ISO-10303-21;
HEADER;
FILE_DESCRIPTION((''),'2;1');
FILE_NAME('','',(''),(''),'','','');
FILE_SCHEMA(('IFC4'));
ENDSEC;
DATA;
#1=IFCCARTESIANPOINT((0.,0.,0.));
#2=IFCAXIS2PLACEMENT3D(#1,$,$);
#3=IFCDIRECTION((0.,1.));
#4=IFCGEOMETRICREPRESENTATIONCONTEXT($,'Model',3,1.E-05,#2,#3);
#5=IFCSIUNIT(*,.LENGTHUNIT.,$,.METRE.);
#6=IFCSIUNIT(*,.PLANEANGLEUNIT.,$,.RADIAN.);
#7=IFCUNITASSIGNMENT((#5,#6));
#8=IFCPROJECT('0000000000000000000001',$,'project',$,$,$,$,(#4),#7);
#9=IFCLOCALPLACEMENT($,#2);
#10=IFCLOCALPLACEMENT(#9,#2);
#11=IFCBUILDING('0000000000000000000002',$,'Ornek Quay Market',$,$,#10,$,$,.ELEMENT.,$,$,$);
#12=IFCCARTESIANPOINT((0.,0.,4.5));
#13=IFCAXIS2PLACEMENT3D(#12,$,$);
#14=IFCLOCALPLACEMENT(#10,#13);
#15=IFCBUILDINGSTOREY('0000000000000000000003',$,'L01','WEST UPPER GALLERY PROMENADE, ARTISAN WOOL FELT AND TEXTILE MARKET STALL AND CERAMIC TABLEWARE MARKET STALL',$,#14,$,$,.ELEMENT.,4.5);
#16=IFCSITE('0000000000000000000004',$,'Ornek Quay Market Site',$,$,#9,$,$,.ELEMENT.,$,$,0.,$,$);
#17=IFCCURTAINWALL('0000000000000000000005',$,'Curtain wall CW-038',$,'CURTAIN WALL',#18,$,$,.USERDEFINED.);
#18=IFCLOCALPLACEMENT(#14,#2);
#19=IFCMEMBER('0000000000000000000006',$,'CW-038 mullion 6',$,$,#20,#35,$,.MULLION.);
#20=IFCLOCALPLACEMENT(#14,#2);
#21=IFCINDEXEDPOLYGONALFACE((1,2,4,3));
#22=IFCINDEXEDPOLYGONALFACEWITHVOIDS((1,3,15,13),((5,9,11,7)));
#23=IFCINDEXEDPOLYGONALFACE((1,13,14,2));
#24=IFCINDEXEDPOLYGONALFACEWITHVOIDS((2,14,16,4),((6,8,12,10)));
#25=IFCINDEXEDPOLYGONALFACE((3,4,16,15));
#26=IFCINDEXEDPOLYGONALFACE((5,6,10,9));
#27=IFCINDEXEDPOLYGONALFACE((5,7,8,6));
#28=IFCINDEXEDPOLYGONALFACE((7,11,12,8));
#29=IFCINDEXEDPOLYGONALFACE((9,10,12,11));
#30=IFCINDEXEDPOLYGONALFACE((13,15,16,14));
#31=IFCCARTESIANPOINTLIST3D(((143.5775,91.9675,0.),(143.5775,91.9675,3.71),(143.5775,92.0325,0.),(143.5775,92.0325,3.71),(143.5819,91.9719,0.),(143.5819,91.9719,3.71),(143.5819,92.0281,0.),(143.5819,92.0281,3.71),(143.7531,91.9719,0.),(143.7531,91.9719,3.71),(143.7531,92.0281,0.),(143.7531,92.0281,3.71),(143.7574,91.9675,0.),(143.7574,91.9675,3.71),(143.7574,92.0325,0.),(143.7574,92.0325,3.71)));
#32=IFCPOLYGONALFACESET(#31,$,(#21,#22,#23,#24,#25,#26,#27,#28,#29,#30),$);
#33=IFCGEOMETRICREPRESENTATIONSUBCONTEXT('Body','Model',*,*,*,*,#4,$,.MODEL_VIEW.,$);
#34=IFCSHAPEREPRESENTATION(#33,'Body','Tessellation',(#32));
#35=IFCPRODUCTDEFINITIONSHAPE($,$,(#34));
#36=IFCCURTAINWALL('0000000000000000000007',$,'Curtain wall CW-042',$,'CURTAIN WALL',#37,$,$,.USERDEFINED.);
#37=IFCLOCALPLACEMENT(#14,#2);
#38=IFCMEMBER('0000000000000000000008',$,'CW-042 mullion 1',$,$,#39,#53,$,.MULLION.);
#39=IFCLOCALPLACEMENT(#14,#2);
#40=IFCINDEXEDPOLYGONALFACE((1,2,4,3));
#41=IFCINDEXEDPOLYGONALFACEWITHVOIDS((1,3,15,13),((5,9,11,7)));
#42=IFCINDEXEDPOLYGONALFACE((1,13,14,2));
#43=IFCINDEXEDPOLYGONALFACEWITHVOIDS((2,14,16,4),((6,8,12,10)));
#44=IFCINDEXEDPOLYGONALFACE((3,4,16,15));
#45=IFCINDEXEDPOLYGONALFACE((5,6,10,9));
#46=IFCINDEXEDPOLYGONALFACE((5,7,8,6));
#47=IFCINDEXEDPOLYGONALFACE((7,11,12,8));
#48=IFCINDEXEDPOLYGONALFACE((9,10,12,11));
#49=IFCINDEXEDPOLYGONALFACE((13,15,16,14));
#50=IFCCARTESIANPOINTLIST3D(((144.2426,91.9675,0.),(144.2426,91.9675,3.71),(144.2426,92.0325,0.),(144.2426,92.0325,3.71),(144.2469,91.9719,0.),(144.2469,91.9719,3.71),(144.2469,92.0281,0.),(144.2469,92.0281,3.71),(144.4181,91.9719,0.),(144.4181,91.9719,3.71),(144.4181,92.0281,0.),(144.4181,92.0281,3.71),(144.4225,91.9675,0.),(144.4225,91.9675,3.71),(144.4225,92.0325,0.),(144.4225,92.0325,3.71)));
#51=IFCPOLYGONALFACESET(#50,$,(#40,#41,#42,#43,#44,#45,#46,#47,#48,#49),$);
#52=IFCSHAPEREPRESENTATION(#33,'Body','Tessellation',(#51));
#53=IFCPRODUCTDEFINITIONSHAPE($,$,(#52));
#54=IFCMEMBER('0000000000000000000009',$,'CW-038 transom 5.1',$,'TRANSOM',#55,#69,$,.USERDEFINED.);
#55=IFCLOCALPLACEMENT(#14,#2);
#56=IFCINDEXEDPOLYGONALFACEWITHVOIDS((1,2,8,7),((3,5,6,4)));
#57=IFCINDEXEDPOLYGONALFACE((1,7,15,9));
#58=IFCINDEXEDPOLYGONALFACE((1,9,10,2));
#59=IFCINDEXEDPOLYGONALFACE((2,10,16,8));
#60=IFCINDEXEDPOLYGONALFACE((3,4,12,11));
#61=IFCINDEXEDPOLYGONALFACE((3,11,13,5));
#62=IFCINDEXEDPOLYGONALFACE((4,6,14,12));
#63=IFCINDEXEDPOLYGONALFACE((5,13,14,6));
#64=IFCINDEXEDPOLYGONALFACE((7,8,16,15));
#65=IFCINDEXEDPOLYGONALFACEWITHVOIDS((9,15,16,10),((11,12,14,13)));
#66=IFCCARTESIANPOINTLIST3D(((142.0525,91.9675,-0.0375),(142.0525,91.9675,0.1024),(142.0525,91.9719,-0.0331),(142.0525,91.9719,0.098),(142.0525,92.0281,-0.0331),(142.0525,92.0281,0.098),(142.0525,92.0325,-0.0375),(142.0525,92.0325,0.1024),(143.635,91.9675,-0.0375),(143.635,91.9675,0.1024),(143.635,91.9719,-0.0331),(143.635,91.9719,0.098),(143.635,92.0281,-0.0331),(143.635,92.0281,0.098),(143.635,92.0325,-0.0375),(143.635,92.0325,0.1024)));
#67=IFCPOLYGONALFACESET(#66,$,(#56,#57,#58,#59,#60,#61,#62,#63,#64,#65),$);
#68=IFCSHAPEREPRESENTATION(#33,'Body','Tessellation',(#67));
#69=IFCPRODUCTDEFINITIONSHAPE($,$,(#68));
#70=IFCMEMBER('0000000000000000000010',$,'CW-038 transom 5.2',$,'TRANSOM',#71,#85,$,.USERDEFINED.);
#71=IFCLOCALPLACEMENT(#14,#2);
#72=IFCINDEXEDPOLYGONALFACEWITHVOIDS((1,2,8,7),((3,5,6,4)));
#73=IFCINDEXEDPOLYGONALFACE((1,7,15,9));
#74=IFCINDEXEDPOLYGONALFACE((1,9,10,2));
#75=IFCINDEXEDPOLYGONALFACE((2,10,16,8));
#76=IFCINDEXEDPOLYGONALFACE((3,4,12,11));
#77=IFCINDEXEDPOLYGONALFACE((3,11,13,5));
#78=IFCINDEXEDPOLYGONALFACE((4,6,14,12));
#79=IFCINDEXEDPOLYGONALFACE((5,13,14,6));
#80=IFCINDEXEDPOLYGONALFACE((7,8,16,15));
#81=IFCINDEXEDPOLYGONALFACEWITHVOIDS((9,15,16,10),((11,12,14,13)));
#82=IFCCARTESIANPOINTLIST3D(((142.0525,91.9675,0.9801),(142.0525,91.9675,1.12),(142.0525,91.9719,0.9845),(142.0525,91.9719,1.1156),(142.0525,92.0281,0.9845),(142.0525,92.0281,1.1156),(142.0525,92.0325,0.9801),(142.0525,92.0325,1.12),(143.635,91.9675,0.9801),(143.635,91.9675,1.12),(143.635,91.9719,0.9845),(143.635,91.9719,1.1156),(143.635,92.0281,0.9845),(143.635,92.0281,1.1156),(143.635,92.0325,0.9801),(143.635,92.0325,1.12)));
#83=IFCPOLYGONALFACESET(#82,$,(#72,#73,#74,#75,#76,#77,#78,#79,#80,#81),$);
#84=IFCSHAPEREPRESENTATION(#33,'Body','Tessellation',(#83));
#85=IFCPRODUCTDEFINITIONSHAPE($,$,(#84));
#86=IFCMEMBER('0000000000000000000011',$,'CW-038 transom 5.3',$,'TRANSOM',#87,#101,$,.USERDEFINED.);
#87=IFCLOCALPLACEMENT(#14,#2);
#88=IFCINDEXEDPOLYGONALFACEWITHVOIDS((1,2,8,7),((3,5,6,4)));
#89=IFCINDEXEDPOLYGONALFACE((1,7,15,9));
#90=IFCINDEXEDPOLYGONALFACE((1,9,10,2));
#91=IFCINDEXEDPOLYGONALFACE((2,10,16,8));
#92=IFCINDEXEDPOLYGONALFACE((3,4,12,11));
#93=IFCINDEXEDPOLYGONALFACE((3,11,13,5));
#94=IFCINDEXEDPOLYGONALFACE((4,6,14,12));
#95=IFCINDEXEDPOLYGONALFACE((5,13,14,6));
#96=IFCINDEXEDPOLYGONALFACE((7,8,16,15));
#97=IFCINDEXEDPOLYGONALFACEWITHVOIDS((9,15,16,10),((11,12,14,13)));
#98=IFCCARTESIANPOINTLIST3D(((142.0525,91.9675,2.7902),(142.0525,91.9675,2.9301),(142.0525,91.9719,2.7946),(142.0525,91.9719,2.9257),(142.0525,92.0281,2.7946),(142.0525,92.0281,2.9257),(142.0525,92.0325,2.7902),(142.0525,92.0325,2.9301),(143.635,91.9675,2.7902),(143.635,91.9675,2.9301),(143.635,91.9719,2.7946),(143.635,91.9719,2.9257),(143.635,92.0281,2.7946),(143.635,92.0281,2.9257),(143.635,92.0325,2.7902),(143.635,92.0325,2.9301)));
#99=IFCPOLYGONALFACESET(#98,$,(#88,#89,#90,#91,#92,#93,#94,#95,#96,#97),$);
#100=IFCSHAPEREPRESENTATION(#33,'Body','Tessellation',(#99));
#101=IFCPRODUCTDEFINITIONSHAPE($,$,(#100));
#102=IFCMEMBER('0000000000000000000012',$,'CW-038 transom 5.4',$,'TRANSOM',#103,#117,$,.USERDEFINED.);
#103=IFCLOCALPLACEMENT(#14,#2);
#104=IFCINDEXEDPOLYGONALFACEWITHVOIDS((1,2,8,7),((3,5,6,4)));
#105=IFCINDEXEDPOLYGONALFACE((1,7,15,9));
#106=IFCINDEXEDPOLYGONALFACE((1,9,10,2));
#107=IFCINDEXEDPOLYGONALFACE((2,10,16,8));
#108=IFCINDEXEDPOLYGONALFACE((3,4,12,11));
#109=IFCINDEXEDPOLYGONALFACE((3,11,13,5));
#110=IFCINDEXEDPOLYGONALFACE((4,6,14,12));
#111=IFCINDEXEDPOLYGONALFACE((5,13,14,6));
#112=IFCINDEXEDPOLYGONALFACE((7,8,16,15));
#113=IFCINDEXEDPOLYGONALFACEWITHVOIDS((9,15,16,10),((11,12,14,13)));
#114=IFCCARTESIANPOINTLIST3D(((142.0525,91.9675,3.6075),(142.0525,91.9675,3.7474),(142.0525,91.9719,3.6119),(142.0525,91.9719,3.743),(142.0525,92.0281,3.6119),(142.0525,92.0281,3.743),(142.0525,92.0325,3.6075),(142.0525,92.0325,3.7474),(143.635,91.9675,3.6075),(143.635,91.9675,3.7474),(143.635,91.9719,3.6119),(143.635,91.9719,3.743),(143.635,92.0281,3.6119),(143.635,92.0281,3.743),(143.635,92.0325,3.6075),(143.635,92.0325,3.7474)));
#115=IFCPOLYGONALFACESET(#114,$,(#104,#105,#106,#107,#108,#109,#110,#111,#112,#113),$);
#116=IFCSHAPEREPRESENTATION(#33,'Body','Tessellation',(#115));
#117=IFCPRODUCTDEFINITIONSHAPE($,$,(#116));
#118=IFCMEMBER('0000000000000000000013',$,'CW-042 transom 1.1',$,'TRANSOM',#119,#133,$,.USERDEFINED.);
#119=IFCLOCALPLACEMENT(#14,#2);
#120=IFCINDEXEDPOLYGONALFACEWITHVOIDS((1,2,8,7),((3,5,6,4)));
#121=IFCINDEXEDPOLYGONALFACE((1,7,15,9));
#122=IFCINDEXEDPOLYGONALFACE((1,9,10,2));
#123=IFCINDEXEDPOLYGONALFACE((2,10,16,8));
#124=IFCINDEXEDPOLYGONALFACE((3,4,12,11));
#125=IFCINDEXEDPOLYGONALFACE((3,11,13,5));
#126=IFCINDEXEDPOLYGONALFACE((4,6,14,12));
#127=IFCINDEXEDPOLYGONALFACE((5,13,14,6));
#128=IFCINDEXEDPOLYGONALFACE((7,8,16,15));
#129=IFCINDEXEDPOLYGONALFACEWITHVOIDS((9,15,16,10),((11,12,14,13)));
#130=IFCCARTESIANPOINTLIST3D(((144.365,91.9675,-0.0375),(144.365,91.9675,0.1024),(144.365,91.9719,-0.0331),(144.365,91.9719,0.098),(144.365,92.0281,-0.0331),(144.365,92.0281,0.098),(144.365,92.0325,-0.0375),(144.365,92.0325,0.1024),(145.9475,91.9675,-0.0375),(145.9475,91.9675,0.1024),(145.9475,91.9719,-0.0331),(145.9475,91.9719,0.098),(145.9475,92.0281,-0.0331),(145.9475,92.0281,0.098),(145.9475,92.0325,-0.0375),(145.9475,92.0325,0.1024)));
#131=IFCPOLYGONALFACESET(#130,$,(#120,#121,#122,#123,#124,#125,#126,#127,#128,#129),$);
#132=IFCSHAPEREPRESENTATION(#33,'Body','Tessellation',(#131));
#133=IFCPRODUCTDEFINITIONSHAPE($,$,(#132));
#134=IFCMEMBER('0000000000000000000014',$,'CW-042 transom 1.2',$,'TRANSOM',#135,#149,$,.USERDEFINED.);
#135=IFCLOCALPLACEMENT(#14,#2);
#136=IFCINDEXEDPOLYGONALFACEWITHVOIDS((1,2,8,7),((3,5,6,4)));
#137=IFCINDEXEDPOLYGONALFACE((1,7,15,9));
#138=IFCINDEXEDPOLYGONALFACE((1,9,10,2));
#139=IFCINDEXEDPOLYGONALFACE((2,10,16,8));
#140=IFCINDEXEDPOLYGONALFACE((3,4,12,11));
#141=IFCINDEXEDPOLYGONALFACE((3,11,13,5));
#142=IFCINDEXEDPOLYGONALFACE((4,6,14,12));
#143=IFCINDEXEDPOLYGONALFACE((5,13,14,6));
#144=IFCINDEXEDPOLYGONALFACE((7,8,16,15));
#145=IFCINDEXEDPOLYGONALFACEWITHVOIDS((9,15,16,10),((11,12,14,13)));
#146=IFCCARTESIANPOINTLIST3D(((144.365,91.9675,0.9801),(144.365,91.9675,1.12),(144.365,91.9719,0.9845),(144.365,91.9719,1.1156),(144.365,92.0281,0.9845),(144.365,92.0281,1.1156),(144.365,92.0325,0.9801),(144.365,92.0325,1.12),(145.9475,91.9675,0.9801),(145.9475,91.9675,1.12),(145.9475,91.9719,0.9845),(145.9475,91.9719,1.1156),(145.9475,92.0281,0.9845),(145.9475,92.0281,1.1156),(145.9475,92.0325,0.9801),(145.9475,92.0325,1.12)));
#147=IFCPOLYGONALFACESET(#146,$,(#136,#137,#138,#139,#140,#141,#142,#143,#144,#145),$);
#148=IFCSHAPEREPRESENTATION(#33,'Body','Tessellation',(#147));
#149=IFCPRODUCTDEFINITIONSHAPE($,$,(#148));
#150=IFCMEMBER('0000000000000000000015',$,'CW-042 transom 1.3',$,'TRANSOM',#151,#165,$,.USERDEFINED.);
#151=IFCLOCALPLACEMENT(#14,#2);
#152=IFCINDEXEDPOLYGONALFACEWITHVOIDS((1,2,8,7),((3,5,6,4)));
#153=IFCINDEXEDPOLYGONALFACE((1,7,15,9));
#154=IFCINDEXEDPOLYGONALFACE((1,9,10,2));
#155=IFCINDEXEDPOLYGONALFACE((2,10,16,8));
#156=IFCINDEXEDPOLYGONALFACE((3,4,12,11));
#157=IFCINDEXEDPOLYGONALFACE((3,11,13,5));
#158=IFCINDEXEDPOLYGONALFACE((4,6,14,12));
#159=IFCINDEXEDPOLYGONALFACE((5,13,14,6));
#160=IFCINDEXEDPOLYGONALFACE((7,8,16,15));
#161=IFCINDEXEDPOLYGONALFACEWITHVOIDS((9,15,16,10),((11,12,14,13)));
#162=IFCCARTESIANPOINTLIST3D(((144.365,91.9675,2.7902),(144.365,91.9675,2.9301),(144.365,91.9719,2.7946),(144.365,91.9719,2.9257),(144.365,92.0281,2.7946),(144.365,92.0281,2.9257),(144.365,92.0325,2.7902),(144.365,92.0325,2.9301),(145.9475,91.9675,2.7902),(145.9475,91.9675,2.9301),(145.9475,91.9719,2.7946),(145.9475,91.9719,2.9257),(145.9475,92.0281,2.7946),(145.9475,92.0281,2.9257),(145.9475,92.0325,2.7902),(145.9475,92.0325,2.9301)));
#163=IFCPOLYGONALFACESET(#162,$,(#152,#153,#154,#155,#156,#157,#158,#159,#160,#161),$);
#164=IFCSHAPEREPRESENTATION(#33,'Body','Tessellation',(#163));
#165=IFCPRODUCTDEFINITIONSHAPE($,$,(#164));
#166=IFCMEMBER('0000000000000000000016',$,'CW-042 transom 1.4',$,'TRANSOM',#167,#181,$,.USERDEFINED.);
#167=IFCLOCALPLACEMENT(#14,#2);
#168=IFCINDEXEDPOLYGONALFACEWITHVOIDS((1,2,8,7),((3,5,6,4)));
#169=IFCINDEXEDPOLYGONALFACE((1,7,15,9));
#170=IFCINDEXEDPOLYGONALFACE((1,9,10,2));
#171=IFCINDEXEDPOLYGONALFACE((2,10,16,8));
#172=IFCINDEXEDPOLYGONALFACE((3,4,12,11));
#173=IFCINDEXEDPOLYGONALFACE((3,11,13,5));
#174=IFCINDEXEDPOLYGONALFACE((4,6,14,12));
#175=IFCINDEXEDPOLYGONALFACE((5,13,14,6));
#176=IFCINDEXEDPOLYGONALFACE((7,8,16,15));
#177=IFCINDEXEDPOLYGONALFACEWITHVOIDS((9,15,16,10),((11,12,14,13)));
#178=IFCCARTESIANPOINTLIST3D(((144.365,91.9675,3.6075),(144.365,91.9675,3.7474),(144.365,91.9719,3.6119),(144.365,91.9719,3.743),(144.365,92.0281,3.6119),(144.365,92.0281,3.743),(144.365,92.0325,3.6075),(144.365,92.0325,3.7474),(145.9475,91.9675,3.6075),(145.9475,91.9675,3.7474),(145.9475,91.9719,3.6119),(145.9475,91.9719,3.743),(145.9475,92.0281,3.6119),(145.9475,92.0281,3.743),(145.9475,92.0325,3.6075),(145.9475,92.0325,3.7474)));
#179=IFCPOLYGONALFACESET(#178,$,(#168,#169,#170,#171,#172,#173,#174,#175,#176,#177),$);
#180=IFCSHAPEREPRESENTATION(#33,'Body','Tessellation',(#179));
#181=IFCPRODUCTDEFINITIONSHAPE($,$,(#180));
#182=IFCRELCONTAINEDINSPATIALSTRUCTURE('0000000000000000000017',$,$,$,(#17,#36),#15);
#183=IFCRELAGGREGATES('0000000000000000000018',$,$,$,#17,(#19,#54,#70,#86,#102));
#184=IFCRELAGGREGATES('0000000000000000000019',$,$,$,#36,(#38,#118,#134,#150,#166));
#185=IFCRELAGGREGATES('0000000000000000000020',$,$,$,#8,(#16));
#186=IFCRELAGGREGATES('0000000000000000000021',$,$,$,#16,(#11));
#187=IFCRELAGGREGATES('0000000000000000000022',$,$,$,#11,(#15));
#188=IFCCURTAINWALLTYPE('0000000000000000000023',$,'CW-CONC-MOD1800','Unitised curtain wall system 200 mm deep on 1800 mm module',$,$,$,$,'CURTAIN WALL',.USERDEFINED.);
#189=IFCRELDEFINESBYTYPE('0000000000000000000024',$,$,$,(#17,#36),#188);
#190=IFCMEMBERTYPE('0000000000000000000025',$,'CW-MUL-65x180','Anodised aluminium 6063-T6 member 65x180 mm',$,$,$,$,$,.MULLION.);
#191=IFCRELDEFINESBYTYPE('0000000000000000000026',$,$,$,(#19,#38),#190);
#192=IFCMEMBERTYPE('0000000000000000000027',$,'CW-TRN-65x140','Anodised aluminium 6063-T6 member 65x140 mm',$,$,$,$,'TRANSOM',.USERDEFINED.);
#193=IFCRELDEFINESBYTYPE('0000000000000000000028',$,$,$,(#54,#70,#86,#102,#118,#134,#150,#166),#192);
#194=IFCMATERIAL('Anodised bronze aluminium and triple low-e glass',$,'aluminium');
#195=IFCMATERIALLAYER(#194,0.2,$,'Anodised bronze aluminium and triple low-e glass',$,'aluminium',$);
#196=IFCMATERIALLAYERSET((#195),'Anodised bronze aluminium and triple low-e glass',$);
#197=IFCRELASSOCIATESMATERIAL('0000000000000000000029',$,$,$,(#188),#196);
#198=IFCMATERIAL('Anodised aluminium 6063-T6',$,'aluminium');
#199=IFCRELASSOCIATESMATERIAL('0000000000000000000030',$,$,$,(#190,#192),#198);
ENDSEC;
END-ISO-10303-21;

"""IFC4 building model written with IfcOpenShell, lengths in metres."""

from ifc_helpers import new_model, si_unit, direction, frame, origin, origin_2d, place, context, subcontext, project, spatial, hollow_rectangle, extrude, material, layer, layer_set, material_profile, profile_set, type_object, element, aggregate, save


model = new_model("IFC4")

# Units and contexts
model_context = context("Model", 3, precision=1e-05, world=origin(), true_north=direction((0.0, 1.0)))
body_context = subcontext(model_context, "Body", "Model", "MODEL_VIEW")
ifc_project = project(units=[si_unit("LENGTHUNIT", "METRE"), si_unit("PLANEANGLEUNIT", "RADIAN")], contexts=[model_context])

# Site, building, storey
site_placement = place(None, origin())
site = spatial("IfcSite", under=ifc_project, at=site_placement, Name="Ornek Quay Market Site", CompositionType="ELEMENT", RefElevation=0.0)
building_placement = place(site_placement, origin())
building = spatial("IfcBuilding", under=site, at=building_placement, Name="Ornek Quay Market", CompositionType="ELEMENT")
storey_placement = place(building_placement, frame((0.0, 0.0, 4.5)))
storey = spatial("IfcBuildingStorey", under=building, at=storey_placement, Name="L01", Description="WEST UPPER GALLERY PROMENADE, ARTISAN WOOL FELT AND TEXTILE MARKET STALL AND CERAMIC TABLEWARE MARKET STALL", CompositionType="ELEMENT", Elevation=4.5)

# Curtain walls, members
ifc_material_1 = material(Name="Anodised bronze aluminium and triple low-e glass", Category="aluminium")
ifc_layer_1 = layer(ifc_material_1, 0.2, Name="Anodised bronze aluminium and triple low-e glass", Category="aluminium")
ifc_layer_set_1 = layer_set([ifc_layer_1], Name="Anodised bronze aluminium and triple low-e glass")
curtain_wall_type = type_object("IfcCurtainWallType", Name="CW-CONC-MOD1800", Description="Unitised curtain wall system 200 mm deep on 1800 mm module", ElementType="CURTAIN WALL", PredefinedType="USERDEFINED", material=ifc_layer_set_1)
curtain_wall_1_placement = place(storey_placement, origin())
curtain_wall_1 = element("IfcCurtainWall", 1, at=curtain_wall_1_placement, inside=storey, type_object=curtain_wall_type, Name="Curtain wall CW-038", ObjectType="CURTAIN WALL", PredefinedType="USERDEFINED")
ifc_material_2 = material(Name="Anodised aluminium 6063-T6", Category="aluminium")
ifc_material_profile_1 = material_profile(ifc_material_2, hollow_rectangle(XDim=0.0649, YDim=0.1799, WallThickness=0.0044, at=origin_2d()), Name="CW-MUL-65x180", Category="aluminium")
ifc_profile_set_1 = profile_set([ifc_material_profile_1], Name="Anodised aluminium 6063-T6")
member_type_1 = type_object("IfcMemberType", Name="CW-MUL-65x180", Description="Anodised aluminium 6063-T6 member 65x180 mm", PredefinedType="MULLION", material=ifc_profile_set_1)
member_1_placement = place(storey_placement, frame((143.6675, 92.0, 0.0), z_axis=(0.0, 0.0, 1.0), x_axis=(0.0, 1.0, 0.0)))
member_1 = element("IfcMember", 2, at=member_1_placement, type_object=member_type_1, Name="CW-038 mullion 6", PredefinedType="MULLION", context=body_context, shape_type="SweptSolid", body=[
    extrude(hollow_rectangle(XDim=0.0649, YDim=0.1799, WallThickness=0.0044, at=origin_2d()), origin(), (0.0, 0.0, 1.0), 3.71),
])
curtain_wall_2_placement = place(storey_placement, origin())
curtain_wall_2 = element("IfcCurtainWall", 3, at=curtain_wall_2_placement, inside=storey, type_object=curtain_wall_type, Name="Curtain wall CW-042", ObjectType="CURTAIN WALL", PredefinedType="USERDEFINED")
member_2_placement = place(storey_placement, frame((144.3325, 92.0, 0.0), z_axis=(0.0, 0.0, 1.0), x_axis=(0.0, 1.0, 0.0)))
member_2 = element("IfcMember", 4, at=member_2_placement, type_object=member_type_1, Name="CW-042 mullion 1", PredefinedType="MULLION", context=body_context, shape_type="SweptSolid", body=[
    extrude(hollow_rectangle(XDim=0.0649, YDim=0.1799, WallThickness=0.0044, at=origin_2d()), origin(), (0.0, 0.0, 1.0), 3.71),
])

# Members
ifc_material_profile_2 = material_profile(ifc_material_2, hollow_rectangle(XDim=0.0649, YDim=0.1399, WallThickness=0.0044, at=origin_2d()), Name="CW-TRN-65x140", Category="aluminium")
ifc_profile_set_2 = profile_set([ifc_material_profile_2], Name="Anodised aluminium 6063-T6")
member_type_2 = type_object("IfcMemberType", Name="CW-TRN-65x140", Description="Anodised aluminium 6063-T6 member 65x140 mm", ElementType="TRANSOM", PredefinedType="USERDEFINED", material=ifc_profile_set_2)
member_3_placement = place(storey_placement, frame((142.0525, 92.0, 0.0325), z_axis=(1.0, 0.0, 0.0), x_axis=(0.0, 1.0, 0.0)))
member_3 = element("IfcMember", 5, at=member_3_placement, type_object=member_type_2, Name="CW-038 transom 5.1", ObjectType="TRANSOM", PredefinedType="USERDEFINED", context=body_context, shape_type="SweptSolid", body=[
    extrude(hollow_rectangle(XDim=0.0649, YDim=0.1399, WallThickness=0.0044, at=origin_2d()), origin(), (0.0, 0.0, 1.0), 1.5825),
])
member_4_placement = place(storey_placement, frame((142.0525, 92.0, 1.05), z_axis=(1.0, 0.0, 0.0), x_axis=(0.0, 1.0, 0.0)))
member_4 = element("IfcMember", 6, at=member_4_placement, type_object=member_type_2, Name="CW-038 transom 5.2", ObjectType="TRANSOM", PredefinedType="USERDEFINED", context=body_context, shape_type="SweptSolid", body=[
    extrude(hollow_rectangle(XDim=0.0649, YDim=0.1399, WallThickness=0.0044, at=origin_2d()), origin(), (0.0, 0.0, 1.0), 1.5825),
])
member_5_placement = place(storey_placement, frame((142.0525, 92.0, 2.8601), z_axis=(1.0, 0.0, 0.0), x_axis=(0.0, 1.0, 0.0)))
member_5 = element("IfcMember", 7, at=member_5_placement, type_object=member_type_2, Name="CW-038 transom 5.3", ObjectType="TRANSOM", PredefinedType="USERDEFINED", context=body_context, shape_type="SweptSolid", body=[
    extrude(hollow_rectangle(XDim=0.0649, YDim=0.1399, WallThickness=0.0044, at=origin_2d()), origin(), (0.0, 0.0, 1.0), 1.5825),
])
member_6_placement = place(storey_placement, frame((142.0525, 92.0, 3.6775), z_axis=(1.0, 0.0, 0.0), x_axis=(0.0, 1.0, 0.0)))
member_6 = element("IfcMember", 8, at=member_6_placement, type_object=member_type_2, Name="CW-038 transom 5.4", ObjectType="TRANSOM", PredefinedType="USERDEFINED", context=body_context, shape_type="SweptSolid", body=[
    extrude(hollow_rectangle(XDim=0.0649, YDim=0.1399, WallThickness=0.0044, at=origin_2d()), origin(), (0.0, 0.0, 1.0), 1.5825),
])
member_7_placement = place(storey_placement, frame((144.365, 92.0, 0.0325), z_axis=(1.0, 0.0, 0.0), x_axis=(0.0, 1.0, 0.0)))
member_7 = element("IfcMember", 9, at=member_7_placement, type_object=member_type_2, Name="CW-042 transom 1.1", ObjectType="TRANSOM", PredefinedType="USERDEFINED", context=body_context, shape_type="SweptSolid", body=[
    extrude(hollow_rectangle(XDim=0.0649, YDim=0.1399, WallThickness=0.0044, at=origin_2d()), origin(), (0.0, 0.0, 1.0), 1.5825),
])
member_8_placement = place(storey_placement, frame((144.365, 92.0, 1.05), z_axis=(1.0, 0.0, 0.0), x_axis=(0.0, 1.0, 0.0)))
member_8 = element("IfcMember", 10, at=member_8_placement, type_object=member_type_2, Name="CW-042 transom 1.2", ObjectType="TRANSOM", PredefinedType="USERDEFINED", context=body_context, shape_type="SweptSolid", body=[
    extrude(hollow_rectangle(XDim=0.0649, YDim=0.1399, WallThickness=0.0044, at=origin_2d()), origin(), (0.0, 0.0, 1.0), 1.5825),
])
member_9_placement = place(storey_placement, frame((144.365, 92.0, 2.8601), z_axis=(1.0, 0.0, 0.0), x_axis=(0.0, 1.0, 0.0)))
member_9 = element("IfcMember", 11, at=member_9_placement, type_object=member_type_2, Name="CW-042 transom 1.3", ObjectType="TRANSOM", PredefinedType="USERDEFINED", context=body_context, shape_type="SweptSolid", body=[
    extrude(hollow_rectangle(XDim=0.0649, YDim=0.1399, WallThickness=0.0044, at=origin_2d()), origin(), (0.0, 0.0, 1.0), 1.5825),
])
member_10_placement = place(storey_placement, frame((144.365, 92.0, 3.6775), z_axis=(1.0, 0.0, 0.0), x_axis=(0.0, 1.0, 0.0)))
member_10 = element("IfcMember", 12, at=member_10_placement, type_object=member_type_2, Name="CW-042 transom 1.4", ObjectType="TRANSOM", PredefinedType="USERDEFINED", context=body_context, shape_type="SweptSolid", body=[
    extrude(hollow_rectangle(XDim=0.0649, YDim=0.1399, WallThickness=0.0044, at=origin_2d()), origin(), (0.0, 0.0, 1.0), 1.5825),
])

aggregate(curtain_wall_1, [member_1, member_3, member_4, member_5, member_6])
aggregate(curtain_wall_2, [member_2, member_7, member_8, member_9, member_10])

save(model, "model.ifc")
